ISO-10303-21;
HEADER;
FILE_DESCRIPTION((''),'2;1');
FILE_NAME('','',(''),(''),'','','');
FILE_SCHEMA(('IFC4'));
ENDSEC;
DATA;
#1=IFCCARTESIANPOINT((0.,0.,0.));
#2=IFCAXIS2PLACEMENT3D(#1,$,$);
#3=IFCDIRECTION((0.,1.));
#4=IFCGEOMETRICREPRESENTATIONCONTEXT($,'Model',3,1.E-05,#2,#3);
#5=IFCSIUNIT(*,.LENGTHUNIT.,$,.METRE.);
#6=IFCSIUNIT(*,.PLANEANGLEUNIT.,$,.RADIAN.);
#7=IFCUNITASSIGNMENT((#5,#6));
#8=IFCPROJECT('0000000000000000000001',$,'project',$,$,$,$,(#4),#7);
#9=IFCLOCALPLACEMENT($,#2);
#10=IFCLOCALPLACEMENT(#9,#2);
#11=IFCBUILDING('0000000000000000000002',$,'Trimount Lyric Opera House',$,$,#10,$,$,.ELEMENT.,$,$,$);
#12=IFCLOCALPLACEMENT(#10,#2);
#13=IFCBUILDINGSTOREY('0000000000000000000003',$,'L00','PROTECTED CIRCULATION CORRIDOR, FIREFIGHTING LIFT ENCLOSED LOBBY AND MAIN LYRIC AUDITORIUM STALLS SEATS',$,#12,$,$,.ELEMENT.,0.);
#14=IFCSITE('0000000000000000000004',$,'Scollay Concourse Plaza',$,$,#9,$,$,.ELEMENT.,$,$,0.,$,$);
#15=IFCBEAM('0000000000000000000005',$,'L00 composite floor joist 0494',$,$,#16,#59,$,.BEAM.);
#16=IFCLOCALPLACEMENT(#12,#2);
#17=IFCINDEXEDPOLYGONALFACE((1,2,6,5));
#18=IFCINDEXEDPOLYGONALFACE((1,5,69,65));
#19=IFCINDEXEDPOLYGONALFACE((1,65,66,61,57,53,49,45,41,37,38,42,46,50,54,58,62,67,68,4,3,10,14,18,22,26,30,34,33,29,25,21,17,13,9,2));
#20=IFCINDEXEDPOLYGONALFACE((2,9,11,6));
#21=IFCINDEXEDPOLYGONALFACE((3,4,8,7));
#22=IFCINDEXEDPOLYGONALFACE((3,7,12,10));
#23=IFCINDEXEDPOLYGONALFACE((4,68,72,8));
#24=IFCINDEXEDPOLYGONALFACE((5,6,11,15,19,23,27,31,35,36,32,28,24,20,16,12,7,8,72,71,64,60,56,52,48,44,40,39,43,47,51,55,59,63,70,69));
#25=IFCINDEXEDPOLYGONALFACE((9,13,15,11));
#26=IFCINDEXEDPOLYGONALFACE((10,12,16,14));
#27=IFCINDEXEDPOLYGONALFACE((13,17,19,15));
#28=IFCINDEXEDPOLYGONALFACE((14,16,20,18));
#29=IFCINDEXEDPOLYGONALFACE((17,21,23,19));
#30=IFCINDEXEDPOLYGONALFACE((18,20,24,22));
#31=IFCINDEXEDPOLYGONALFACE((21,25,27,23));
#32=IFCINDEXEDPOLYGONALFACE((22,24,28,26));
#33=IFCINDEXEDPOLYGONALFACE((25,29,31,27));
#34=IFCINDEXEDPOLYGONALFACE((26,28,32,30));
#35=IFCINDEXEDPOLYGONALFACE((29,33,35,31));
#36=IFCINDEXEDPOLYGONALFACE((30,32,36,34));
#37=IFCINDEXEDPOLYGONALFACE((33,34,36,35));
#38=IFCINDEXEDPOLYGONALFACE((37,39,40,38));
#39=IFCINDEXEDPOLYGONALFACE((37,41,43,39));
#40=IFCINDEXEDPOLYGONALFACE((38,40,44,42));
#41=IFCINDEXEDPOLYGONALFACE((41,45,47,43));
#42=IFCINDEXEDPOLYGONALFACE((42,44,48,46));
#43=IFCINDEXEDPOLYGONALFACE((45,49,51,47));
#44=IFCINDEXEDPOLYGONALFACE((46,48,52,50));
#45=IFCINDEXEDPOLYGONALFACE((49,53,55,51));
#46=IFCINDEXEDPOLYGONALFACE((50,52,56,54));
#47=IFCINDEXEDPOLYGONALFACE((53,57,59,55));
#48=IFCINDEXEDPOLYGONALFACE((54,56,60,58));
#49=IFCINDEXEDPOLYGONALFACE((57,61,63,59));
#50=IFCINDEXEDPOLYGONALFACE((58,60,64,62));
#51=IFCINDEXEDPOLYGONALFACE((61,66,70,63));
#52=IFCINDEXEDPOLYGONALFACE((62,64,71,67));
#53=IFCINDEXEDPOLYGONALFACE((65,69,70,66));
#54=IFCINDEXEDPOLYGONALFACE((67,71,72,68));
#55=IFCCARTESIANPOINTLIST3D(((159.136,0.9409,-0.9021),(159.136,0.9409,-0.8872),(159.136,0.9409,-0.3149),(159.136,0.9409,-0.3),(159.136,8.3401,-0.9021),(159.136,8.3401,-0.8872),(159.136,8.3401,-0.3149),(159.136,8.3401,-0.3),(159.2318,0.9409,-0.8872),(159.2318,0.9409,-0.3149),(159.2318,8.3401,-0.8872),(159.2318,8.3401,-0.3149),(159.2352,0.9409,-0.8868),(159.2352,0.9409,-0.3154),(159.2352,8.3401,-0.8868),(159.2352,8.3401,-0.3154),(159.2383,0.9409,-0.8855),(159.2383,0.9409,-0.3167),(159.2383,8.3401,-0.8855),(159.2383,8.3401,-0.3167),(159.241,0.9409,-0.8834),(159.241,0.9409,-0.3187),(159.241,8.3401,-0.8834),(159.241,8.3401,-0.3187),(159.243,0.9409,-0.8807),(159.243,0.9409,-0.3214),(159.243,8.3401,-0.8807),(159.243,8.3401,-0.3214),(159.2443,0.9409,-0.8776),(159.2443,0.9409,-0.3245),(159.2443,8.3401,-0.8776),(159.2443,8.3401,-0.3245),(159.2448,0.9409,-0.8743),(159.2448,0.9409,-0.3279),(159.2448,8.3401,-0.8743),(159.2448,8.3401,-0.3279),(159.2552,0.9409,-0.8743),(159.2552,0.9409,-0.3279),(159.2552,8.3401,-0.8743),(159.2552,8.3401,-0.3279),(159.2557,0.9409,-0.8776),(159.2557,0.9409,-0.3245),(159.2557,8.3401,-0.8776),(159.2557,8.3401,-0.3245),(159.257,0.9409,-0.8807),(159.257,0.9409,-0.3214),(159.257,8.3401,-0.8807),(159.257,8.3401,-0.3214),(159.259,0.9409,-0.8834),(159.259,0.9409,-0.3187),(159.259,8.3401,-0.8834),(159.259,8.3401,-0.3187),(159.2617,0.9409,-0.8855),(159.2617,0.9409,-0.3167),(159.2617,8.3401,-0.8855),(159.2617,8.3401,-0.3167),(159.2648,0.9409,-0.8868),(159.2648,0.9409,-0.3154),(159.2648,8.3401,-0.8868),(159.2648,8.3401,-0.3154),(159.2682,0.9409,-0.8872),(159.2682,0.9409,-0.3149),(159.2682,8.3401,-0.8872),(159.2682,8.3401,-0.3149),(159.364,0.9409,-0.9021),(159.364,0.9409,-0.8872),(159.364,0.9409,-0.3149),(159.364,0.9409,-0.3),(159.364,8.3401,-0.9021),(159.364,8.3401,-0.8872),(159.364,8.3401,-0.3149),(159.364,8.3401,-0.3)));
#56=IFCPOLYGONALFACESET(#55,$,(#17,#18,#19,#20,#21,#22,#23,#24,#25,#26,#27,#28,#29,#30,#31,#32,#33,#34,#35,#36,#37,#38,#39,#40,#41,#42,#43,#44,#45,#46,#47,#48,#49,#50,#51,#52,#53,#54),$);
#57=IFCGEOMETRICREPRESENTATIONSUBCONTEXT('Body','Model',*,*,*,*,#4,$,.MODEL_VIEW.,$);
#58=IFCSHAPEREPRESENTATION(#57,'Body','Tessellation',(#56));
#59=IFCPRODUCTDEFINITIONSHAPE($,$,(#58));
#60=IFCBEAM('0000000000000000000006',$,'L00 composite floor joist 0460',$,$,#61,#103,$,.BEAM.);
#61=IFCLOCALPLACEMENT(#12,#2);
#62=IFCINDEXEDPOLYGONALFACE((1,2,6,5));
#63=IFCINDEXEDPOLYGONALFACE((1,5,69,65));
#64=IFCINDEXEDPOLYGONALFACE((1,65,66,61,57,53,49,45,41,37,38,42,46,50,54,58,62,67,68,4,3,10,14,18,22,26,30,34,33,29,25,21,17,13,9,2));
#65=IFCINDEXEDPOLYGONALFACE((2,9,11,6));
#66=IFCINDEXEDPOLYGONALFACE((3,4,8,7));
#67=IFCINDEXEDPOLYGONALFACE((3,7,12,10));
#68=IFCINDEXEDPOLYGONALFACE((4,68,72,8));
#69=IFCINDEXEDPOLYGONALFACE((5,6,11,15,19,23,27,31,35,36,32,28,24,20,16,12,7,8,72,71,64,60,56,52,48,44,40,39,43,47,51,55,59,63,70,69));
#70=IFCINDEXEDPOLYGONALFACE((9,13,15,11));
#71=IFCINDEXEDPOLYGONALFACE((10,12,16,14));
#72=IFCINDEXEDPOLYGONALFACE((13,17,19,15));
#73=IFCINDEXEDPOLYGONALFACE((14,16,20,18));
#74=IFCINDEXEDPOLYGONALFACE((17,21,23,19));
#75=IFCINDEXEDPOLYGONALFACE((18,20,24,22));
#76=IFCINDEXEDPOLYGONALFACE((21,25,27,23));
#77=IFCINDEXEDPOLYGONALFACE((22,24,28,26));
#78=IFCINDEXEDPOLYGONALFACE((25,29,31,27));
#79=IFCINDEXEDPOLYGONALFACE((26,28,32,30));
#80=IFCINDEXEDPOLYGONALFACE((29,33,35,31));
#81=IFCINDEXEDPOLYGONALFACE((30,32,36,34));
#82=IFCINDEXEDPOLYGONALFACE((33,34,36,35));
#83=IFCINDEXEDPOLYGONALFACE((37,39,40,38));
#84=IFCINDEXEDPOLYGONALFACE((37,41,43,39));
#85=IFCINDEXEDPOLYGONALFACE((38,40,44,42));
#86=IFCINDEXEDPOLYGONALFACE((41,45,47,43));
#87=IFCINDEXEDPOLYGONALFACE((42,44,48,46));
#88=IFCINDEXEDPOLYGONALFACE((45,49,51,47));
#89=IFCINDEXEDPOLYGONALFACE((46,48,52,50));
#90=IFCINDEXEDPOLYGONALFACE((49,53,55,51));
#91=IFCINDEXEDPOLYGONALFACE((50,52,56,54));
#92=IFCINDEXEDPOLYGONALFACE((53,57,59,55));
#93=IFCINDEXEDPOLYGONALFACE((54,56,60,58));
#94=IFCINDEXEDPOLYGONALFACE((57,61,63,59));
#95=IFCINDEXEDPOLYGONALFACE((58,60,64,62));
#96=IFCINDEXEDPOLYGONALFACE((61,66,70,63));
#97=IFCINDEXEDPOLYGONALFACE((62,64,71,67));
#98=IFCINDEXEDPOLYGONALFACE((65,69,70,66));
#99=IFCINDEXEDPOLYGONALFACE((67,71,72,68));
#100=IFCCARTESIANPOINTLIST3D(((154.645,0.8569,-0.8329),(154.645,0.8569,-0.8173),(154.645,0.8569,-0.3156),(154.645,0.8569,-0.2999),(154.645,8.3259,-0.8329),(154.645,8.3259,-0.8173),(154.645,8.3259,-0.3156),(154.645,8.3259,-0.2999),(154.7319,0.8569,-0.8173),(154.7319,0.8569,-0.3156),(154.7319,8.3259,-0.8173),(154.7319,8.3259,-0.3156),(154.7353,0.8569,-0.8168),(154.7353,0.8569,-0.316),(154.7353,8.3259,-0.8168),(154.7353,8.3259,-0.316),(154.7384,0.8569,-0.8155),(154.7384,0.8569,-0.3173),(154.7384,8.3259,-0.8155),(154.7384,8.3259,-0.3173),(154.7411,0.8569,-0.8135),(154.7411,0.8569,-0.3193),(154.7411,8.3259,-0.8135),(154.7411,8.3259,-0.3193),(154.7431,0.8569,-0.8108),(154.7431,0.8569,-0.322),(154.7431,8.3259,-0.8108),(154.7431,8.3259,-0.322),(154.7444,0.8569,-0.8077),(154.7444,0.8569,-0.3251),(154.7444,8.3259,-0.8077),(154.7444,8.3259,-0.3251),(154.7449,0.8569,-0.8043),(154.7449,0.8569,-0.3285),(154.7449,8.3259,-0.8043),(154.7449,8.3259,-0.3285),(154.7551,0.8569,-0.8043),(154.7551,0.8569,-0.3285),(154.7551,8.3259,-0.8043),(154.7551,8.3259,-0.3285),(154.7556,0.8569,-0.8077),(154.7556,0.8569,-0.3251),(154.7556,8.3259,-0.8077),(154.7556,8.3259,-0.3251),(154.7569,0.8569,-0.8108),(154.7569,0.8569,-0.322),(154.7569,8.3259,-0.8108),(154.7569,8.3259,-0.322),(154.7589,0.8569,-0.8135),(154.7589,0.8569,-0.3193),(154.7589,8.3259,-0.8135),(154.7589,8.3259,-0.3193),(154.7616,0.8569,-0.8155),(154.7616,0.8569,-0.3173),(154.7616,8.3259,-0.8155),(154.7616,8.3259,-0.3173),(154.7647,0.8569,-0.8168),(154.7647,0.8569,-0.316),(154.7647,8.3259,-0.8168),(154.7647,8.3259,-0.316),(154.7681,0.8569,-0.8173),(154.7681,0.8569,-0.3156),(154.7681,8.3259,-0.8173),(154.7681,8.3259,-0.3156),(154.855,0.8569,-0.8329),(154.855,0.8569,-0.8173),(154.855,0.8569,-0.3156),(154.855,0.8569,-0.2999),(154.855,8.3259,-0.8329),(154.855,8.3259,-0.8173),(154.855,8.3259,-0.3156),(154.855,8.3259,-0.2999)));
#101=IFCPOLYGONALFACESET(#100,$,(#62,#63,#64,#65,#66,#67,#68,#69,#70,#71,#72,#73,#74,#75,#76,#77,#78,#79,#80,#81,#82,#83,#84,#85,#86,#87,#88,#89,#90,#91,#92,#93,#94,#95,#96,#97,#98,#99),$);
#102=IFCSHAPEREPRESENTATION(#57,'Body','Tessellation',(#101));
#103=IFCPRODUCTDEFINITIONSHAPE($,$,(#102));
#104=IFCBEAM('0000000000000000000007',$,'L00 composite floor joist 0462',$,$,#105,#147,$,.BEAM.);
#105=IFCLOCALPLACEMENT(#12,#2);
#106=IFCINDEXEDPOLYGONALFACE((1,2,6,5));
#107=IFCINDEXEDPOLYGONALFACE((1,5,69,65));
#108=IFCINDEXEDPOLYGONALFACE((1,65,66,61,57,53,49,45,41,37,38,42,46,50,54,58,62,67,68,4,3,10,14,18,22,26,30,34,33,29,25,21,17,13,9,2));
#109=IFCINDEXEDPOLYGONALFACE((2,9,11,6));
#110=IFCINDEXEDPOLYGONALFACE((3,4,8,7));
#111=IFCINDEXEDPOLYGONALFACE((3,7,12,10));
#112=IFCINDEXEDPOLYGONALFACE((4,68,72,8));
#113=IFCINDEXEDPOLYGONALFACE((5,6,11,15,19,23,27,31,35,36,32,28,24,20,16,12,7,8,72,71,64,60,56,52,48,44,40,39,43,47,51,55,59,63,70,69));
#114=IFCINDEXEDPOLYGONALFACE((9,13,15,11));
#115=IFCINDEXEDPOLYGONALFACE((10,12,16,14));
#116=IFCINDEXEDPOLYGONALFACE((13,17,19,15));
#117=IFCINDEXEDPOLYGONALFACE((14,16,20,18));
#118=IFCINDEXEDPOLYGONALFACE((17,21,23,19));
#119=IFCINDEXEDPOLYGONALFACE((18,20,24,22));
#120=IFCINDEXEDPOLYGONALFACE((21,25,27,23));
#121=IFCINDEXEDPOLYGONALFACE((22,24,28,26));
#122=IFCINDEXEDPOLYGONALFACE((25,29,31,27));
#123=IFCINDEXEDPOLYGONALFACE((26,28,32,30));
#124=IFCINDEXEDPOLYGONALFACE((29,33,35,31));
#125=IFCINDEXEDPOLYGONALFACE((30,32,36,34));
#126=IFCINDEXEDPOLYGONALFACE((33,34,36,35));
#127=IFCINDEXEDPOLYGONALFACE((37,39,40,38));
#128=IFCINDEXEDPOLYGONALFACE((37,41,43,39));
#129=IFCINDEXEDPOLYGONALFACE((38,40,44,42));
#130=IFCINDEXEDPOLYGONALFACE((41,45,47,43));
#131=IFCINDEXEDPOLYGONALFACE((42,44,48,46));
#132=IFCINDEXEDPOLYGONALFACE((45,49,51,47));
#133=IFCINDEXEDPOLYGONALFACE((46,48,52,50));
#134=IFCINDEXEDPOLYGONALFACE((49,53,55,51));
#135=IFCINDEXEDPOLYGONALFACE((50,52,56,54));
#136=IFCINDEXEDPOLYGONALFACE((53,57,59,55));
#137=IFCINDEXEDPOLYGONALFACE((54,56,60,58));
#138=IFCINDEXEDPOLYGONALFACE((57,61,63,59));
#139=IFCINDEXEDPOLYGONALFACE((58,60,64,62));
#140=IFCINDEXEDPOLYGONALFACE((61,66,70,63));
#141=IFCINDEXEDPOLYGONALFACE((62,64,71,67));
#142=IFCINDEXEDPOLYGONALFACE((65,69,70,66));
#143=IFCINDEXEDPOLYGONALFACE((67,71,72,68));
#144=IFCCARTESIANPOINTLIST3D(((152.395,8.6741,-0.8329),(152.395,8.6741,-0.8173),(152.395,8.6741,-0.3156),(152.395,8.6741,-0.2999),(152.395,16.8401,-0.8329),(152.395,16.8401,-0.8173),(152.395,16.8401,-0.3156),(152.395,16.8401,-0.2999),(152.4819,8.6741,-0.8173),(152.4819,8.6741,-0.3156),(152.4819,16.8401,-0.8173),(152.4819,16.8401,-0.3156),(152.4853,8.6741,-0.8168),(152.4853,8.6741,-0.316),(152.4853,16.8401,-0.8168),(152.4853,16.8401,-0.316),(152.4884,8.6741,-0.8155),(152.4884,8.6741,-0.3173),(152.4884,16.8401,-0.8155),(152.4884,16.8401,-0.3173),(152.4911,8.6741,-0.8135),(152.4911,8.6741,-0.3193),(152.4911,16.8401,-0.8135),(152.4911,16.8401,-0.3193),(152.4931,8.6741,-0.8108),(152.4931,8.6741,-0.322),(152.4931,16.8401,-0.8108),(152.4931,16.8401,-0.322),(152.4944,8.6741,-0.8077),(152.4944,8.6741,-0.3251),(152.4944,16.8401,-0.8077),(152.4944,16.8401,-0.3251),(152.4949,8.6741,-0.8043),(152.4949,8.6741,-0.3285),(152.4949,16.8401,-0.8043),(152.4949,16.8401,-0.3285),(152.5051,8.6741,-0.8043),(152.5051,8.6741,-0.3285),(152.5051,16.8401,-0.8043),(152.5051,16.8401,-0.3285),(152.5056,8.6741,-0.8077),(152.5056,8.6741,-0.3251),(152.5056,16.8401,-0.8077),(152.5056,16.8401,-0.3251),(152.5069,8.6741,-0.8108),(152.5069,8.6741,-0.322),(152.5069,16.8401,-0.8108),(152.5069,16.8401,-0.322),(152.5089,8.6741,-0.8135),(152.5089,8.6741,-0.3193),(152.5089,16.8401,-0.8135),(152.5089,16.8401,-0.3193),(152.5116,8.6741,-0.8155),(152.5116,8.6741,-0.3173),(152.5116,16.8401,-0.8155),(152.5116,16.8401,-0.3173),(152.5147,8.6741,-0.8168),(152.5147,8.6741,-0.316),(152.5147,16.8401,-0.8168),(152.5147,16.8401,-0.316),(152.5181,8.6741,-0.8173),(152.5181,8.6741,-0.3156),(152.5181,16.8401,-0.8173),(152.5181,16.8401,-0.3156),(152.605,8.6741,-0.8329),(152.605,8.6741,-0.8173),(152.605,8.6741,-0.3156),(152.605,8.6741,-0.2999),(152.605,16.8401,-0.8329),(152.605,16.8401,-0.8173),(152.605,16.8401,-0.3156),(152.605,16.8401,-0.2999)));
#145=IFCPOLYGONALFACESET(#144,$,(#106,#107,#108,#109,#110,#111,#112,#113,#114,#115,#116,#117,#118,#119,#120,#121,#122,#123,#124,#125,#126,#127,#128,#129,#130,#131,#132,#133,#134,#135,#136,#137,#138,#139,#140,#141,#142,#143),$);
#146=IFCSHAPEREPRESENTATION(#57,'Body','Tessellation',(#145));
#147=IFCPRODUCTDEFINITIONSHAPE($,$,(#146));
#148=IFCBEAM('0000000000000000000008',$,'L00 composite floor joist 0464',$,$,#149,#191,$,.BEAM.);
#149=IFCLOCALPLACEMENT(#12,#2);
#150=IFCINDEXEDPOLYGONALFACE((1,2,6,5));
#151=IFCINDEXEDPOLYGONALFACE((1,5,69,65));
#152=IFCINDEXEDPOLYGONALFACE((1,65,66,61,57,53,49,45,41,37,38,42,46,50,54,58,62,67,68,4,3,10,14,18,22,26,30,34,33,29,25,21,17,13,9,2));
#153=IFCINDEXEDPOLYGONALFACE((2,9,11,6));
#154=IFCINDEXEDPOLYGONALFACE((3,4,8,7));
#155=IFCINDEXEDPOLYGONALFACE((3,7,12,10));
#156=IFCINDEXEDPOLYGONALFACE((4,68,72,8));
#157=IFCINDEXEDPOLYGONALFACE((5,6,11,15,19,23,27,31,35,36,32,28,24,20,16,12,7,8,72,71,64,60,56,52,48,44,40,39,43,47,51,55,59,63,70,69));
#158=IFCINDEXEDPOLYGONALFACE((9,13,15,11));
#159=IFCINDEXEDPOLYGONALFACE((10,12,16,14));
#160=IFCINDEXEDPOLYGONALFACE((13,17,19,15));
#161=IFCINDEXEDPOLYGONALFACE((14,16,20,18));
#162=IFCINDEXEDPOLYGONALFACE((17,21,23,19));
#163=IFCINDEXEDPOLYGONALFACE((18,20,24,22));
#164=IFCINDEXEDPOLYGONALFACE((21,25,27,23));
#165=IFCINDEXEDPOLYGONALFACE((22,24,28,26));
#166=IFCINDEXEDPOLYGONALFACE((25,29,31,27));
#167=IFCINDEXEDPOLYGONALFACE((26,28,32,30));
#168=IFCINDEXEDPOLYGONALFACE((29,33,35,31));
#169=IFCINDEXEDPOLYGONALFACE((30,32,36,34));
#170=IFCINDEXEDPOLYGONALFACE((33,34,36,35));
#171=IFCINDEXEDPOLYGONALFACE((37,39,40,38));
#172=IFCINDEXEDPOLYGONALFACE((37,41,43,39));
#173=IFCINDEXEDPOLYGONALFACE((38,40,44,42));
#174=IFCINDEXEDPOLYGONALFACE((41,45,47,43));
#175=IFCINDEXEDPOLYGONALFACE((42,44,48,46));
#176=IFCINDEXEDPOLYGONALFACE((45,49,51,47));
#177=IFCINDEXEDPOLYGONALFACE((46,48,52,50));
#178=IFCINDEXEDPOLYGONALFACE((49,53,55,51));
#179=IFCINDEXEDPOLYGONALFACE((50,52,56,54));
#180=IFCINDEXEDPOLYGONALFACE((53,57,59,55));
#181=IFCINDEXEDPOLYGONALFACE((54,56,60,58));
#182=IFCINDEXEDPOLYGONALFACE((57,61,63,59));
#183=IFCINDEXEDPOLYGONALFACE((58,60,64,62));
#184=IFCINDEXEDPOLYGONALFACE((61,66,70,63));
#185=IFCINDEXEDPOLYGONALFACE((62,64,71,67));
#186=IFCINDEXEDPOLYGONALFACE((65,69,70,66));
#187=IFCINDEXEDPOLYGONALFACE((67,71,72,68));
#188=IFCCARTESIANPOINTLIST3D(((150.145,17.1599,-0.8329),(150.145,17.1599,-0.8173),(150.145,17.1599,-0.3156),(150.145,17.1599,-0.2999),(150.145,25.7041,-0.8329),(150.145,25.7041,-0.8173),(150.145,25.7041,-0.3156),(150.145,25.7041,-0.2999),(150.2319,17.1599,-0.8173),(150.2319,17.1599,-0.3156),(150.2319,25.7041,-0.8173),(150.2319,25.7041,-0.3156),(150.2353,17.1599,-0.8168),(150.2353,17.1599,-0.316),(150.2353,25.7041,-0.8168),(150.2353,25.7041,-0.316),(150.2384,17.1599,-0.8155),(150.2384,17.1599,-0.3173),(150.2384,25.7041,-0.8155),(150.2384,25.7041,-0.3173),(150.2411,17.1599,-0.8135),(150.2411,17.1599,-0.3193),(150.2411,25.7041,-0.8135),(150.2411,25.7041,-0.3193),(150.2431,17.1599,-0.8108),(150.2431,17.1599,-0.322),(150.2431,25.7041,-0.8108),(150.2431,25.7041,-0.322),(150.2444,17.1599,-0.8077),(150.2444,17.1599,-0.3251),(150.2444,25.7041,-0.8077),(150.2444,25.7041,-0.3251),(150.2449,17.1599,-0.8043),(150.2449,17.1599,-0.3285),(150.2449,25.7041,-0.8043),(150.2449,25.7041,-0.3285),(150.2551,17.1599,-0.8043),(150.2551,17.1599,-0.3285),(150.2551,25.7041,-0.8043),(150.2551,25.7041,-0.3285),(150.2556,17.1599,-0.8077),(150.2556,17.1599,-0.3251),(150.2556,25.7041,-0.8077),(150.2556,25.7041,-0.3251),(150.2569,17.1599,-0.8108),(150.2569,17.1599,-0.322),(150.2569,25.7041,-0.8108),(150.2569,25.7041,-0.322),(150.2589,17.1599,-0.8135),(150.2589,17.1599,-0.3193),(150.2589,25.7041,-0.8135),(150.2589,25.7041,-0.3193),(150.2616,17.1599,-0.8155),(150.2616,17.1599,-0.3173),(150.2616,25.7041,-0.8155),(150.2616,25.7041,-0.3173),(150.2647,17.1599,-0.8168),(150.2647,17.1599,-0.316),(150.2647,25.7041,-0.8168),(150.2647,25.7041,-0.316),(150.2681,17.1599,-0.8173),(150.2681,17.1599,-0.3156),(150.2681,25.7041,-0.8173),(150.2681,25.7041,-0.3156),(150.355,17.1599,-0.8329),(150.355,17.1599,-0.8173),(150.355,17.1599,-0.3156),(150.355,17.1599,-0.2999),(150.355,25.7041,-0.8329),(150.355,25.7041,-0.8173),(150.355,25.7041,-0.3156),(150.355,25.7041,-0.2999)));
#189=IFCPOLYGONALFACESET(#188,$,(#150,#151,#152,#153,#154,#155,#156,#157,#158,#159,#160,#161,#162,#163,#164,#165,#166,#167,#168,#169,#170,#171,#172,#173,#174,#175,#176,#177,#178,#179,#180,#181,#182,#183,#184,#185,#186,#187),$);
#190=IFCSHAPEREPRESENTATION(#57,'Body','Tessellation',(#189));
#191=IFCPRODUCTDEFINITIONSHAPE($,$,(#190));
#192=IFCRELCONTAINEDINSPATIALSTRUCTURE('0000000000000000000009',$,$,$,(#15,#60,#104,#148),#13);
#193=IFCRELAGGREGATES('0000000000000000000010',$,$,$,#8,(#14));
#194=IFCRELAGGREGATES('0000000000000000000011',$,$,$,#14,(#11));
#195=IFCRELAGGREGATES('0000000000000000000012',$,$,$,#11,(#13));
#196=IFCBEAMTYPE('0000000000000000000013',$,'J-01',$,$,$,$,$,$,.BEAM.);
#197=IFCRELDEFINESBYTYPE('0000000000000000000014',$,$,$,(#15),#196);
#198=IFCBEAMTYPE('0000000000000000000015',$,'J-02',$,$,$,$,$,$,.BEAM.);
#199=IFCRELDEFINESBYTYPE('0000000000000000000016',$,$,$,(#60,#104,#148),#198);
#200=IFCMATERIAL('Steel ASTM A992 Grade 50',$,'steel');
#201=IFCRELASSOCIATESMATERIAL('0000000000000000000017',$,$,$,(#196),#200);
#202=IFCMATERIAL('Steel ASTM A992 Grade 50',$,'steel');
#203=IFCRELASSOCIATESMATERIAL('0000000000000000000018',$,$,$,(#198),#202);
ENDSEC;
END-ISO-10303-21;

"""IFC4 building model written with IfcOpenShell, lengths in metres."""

from ifc_helpers import new_model, si_unit, direction, frame, origin, origin_2d, place, context, subcontext, project, spatial, i_section, extrude, material, material_profile, profile_set, type_object, element, save


model = new_model("IFC4")

# Units and contexts
model_context = context("Model", 3, precision=1e-05, world=origin(), true_north=direction((0.0, 1.0)))
body_context = subcontext(model_context, "Body", "Model", "MODEL_VIEW")
ifc_project = project(units=[si_unit("LENGTHUNIT", "METRE"), si_unit("PLANEANGLEUNIT", "RADIAN")], contexts=[model_context])

# Site, building, storey
site_placement = place(None, origin())
site = spatial("IfcSite", under=ifc_project, at=site_placement, Name="Scollay Concourse Plaza", CompositionType="ELEMENT", RefElevation=0.0)
building_placement = place(site_placement, origin())
building = spatial("IfcBuilding", under=site, at=building_placement, Name="Trimount Lyric Opera House", CompositionType="ELEMENT")
storey_placement = place(building_placement, origin())
storey = spatial("IfcBuildingStorey", under=building, at=storey_placement, Name="L00", Description="PROTECTED CIRCULATION CORRIDOR, FIREFIGHTING LIFT ENCLOSED LOBBY AND MAIN LYRIC AUDITORIUM STALLS SEATS", CompositionType="ELEMENT", Elevation=0.0)

# Beams
ifc_material_1 = material(Name="Steel ASTM A992 Grade 50", Category="steel")
ifc_material_profile_1 = material_profile(ifc_material_1, i_section(OverallWidth=0.228, OverallDepth=0.6021, WebThickness=0.0105, FlangeThickness=0.0149, FilletRadius=0.0129, at=origin_2d()), Name="W24X68")
ifc_profile_set_1 = profile_set([ifc_material_profile_1], Name="Steel ASTM A992 Grade 50")
beam_type_1 = type_object("IfcBeamType", Name="J-01", PredefinedType="BEAM", material=ifc_profile_set_1)
beam_1_placement = place(storey_placement, frame((159.25, 0.9409, -0.6011), z_axis=(0.0, 1.0, 0.0), x_axis=(-1.0, 0.0, 0.0)))
element("IfcBeam", 1, at=beam_1_placement, inside=storey, type_object=beam_type_1, Name="L00 composite floor joist 0494", PredefinedType="BEAM", context=body_context, shape_type="SweptSolid", body=[
    extrude(i_section(OverallWidth=0.228, OverallDepth=0.6021, WebThickness=0.0105, FlangeThickness=0.0149, FilletRadius=0.0129, at=origin_2d()), origin(), (0.0, 0.0, 1.0), 7.3992),
])
ifc_material_2 = material(Name="Steel ASTM A992 Grade 50", Category="steel")
ifc_material_profile_2 = material_profile(ifc_material_2, i_section(OverallWidth=0.21, OverallDepth=0.533, WebThickness=0.0103, FlangeThickness=0.0156, FilletRadius=0.0129, at=origin_2d()), Name="W21X62")
ifc_profile_set_2 = profile_set([ifc_material_profile_2], Name="Steel ASTM A992 Grade 50")
beam_type_2 = type_object("IfcBeamType", Name="J-02", PredefinedType="BEAM", material=ifc_profile_set_2)
beam_2_placement = place(storey_placement, frame((154.75, 0.8569, -0.5664), z_axis=(0.0, 1.0, 0.0), x_axis=(-1.0, 0.0, 0.0)))
element("IfcBeam", 2, at=beam_2_placement, inside=storey, type_object=beam_type_2, Name="L00 composite floor joist 0460", PredefinedType="BEAM", context=body_context, shape_type="SweptSolid", body=[
    extrude(i_section(OverallWidth=0.21, OverallDepth=0.533, WebThickness=0.0103, FlangeThickness=0.0156, FilletRadius=0.0129, at=origin_2d()), origin(), (0.0, 0.0, 1.0), 7.469),
])
beam_3_placement = place(storey_placement, frame((152.5, 8.6741, -0.5664), z_axis=(0.0, 1.0, 0.0), x_axis=(-1.0, 0.0, 0.0)))
element("IfcBeam", 3, at=beam_3_placement, inside=storey, type_object=beam_type_2, Name="L00 composite floor joist 0462", PredefinedType="BEAM", context=body_context, shape_type="SweptSolid", body=[
    extrude(i_section(OverallWidth=0.21, OverallDepth=0.533, WebThickness=0.0103, FlangeThickness=0.0156, FilletRadius=0.0129, at=origin_2d()), origin(), (0.0, 0.0, 1.0), 8.166),
])
beam_4_placement = place(storey_placement, frame((150.25, 17.1599, -0.5664), z_axis=(0.0, 1.0, 0.0), x_axis=(-1.0, 0.0, 0.0)))
element("IfcBeam", 4, at=beam_4_placement, inside=storey, type_object=beam_type_2, Name="L00 composite floor joist 0464", PredefinedType="BEAM", context=body_context, shape_type="SweptSolid", body=[
    extrude(i_section(OverallWidth=0.21, OverallDepth=0.533, WebThickness=0.0103, FlangeThickness=0.0156, FilletRadius=0.0129, at=origin_2d()), origin(), (0.0, 0.0, 1.0), 8.5442),
])

save(model, "model.ifc")
